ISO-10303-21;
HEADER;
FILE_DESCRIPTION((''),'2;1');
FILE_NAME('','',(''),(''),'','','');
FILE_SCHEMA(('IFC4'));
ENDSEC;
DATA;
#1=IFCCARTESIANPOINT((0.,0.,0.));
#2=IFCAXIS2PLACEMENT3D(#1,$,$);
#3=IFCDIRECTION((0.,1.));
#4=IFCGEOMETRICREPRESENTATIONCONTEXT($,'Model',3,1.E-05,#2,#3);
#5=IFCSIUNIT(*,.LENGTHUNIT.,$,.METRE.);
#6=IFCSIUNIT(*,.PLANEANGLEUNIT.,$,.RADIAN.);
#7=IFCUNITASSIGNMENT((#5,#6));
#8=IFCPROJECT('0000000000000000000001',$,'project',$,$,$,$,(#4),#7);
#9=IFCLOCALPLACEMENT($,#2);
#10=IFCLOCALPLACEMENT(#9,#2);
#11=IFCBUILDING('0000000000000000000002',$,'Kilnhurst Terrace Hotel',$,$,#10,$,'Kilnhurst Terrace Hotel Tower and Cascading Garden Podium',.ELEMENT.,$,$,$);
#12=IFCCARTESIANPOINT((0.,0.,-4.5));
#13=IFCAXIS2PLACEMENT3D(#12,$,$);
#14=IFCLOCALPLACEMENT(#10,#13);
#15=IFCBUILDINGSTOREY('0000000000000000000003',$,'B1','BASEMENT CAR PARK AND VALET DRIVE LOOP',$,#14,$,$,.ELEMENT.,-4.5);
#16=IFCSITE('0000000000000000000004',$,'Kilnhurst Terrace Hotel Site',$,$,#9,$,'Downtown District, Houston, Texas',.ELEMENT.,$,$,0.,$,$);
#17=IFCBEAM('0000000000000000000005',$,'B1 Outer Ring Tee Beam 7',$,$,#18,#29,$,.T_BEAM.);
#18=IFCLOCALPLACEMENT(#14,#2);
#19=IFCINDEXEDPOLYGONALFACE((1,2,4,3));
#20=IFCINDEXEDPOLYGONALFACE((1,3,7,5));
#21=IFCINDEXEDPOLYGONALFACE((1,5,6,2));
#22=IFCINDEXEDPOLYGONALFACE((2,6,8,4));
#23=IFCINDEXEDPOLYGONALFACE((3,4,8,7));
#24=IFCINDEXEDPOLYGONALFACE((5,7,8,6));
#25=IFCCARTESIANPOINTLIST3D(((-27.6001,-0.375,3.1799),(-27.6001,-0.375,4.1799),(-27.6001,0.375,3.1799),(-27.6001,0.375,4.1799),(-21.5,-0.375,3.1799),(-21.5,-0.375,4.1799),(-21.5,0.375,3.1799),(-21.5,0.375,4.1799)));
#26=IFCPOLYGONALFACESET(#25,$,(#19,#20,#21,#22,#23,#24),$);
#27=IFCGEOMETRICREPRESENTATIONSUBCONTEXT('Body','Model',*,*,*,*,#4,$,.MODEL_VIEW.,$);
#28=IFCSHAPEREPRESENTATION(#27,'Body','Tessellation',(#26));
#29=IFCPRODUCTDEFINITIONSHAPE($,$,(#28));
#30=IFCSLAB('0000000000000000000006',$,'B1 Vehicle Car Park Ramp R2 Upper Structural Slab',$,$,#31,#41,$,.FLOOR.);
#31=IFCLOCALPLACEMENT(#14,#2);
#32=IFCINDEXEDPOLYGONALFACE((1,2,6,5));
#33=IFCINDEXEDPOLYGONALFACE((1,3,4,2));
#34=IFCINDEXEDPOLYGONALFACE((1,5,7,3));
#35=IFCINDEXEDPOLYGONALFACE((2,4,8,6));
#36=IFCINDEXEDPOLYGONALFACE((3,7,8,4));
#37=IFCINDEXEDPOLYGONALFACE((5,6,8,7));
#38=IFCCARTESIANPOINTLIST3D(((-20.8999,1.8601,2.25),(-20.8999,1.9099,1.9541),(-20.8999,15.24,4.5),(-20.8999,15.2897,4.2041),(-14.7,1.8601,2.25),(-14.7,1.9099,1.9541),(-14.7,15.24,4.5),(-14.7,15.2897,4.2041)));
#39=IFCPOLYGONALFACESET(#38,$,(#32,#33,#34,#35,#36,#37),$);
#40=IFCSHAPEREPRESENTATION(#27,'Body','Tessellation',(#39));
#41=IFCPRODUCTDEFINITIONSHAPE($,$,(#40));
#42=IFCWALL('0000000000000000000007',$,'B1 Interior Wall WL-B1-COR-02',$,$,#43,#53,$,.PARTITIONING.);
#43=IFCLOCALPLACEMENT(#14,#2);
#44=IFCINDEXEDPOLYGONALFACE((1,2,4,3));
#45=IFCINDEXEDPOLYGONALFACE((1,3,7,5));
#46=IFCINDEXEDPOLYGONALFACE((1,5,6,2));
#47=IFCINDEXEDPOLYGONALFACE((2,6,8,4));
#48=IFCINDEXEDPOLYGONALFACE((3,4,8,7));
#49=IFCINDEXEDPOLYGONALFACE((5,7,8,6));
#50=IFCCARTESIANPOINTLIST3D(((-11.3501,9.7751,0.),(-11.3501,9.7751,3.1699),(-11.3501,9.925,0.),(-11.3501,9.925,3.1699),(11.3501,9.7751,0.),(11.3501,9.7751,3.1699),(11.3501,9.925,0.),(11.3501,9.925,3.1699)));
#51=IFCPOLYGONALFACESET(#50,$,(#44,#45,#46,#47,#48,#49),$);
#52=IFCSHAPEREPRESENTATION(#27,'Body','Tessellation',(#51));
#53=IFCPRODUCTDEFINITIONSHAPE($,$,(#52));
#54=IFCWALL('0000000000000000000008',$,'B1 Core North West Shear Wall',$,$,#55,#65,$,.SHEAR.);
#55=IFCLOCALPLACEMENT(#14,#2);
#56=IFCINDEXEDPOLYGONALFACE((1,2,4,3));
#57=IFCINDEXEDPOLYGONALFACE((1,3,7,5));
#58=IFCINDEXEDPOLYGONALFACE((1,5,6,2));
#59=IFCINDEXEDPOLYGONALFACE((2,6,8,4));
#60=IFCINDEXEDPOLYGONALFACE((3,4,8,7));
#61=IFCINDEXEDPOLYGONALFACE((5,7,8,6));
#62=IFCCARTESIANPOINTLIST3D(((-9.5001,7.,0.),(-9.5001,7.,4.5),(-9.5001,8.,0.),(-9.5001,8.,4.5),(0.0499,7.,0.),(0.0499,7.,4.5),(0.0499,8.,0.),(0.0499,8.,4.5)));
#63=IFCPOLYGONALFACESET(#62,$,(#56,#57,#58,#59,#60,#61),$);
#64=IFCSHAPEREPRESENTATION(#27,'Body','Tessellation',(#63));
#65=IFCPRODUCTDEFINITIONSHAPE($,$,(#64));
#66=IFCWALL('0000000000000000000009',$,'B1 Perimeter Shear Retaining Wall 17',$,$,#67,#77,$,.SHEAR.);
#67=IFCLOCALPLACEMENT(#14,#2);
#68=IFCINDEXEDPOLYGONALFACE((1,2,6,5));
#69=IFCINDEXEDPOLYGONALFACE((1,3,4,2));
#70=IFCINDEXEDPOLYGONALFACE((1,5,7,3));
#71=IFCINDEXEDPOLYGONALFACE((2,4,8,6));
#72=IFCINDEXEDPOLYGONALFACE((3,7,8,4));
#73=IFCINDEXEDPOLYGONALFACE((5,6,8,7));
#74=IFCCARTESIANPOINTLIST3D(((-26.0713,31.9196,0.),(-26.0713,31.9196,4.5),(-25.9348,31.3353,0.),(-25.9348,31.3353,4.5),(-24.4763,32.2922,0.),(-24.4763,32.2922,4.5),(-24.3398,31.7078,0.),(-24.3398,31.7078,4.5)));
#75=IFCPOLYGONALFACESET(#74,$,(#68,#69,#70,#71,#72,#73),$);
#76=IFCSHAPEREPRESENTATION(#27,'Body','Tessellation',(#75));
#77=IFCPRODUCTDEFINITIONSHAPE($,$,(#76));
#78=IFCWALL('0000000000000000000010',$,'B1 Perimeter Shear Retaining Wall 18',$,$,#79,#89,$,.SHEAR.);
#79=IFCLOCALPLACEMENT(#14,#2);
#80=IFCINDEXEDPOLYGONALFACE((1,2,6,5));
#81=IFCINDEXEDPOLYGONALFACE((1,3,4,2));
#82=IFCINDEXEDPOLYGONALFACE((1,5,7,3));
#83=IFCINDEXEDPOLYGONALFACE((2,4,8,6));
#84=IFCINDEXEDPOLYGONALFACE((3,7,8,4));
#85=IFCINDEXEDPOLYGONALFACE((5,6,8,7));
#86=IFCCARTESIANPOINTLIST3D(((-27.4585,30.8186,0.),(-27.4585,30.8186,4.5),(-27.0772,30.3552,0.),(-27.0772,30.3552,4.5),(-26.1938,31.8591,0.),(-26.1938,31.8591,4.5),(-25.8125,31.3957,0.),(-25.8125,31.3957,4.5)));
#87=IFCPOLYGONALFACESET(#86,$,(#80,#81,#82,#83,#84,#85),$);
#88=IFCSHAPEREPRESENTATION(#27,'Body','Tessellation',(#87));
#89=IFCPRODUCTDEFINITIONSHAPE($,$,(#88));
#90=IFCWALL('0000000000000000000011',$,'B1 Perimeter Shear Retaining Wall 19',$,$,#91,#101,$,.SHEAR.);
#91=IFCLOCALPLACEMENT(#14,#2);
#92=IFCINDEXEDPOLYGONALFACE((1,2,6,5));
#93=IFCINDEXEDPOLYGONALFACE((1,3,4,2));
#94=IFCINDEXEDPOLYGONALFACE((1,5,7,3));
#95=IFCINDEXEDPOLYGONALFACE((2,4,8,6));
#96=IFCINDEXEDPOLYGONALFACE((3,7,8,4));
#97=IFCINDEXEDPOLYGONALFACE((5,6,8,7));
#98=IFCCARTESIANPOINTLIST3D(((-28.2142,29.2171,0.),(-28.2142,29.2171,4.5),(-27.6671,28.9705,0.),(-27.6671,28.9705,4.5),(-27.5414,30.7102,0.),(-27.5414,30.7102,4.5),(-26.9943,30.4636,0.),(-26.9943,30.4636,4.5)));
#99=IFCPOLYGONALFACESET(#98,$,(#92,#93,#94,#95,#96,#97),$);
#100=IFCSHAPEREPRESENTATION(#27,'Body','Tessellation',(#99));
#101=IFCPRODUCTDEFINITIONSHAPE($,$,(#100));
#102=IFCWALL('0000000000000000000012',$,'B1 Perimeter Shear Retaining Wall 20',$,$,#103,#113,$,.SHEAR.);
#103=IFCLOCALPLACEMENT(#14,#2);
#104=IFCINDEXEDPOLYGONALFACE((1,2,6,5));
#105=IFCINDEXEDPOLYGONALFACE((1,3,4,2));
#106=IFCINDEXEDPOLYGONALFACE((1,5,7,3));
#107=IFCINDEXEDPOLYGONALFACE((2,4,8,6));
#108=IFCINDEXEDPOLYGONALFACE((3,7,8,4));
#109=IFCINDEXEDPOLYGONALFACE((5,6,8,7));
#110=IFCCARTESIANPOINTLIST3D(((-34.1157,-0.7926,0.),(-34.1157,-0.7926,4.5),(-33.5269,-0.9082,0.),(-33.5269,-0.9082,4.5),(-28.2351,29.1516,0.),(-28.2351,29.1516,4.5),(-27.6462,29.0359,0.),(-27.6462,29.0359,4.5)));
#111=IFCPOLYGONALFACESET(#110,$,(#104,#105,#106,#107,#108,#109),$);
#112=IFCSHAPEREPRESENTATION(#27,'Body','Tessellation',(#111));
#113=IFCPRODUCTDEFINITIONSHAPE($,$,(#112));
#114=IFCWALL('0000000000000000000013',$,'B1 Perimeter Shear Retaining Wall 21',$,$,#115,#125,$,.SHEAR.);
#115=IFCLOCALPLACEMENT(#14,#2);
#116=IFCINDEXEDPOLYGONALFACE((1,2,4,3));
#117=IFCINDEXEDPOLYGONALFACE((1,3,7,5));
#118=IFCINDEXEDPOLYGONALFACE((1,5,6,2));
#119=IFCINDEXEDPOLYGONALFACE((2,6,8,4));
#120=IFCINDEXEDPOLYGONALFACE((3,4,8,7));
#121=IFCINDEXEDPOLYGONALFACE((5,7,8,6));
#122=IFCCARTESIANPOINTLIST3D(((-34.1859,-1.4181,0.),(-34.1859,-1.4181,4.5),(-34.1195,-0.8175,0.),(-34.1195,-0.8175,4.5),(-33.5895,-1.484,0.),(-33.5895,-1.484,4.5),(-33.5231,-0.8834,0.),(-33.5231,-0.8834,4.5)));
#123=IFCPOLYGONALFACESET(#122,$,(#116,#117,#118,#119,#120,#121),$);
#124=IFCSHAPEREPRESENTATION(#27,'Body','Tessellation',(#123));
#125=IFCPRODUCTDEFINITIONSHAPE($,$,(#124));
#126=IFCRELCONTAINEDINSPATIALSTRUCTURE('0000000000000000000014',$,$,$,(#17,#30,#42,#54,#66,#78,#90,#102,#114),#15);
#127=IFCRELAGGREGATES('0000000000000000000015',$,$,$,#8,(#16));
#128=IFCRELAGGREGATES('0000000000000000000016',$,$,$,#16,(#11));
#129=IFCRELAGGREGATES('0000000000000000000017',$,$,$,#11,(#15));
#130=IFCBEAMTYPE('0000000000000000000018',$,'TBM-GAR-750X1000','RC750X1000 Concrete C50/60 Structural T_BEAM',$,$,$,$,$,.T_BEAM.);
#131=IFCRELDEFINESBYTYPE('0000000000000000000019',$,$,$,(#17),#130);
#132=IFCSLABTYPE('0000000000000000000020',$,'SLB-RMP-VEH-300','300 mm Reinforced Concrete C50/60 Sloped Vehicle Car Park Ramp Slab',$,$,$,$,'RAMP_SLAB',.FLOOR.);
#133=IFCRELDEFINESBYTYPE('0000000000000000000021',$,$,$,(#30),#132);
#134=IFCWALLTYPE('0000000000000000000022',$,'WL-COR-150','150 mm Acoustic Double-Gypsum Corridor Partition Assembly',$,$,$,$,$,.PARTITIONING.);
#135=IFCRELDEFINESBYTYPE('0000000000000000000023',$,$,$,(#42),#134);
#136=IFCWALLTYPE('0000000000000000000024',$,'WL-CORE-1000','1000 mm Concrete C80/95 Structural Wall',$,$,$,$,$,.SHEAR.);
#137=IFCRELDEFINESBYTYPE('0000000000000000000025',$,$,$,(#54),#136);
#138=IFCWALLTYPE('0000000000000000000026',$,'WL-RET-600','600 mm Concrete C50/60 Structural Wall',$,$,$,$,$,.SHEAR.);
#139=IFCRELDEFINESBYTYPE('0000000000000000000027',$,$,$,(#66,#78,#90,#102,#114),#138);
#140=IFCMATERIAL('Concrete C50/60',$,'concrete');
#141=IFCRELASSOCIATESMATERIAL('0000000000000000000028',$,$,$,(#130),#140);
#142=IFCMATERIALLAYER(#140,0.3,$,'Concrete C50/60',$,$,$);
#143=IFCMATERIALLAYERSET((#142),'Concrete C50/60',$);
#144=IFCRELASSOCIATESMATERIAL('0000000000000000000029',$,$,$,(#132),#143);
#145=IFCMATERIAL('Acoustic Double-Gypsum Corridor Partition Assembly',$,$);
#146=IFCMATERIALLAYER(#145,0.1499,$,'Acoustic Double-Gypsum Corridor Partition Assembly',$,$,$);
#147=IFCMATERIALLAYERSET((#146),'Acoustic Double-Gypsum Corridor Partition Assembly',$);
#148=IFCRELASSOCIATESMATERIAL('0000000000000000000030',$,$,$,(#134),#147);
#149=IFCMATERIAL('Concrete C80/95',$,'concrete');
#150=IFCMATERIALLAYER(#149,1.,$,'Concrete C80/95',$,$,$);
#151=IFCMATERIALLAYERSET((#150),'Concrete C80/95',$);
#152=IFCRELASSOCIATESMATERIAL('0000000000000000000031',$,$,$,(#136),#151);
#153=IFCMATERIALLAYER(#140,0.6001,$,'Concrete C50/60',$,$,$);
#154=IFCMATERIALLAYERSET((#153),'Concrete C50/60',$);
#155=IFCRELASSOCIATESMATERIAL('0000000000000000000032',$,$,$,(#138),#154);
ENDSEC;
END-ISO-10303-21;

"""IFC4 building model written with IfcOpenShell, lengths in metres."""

from ifc_helpers import new_model, si_unit, direction, frame, frame_2d, origin, origin_2d, place, context, subcontext, project, spatial, polyline, rectangle, outline, extrude, material, layer, layer_set, material_profile, profile_set, type_object, element, save


model = new_model("IFC4")

# Units and contexts
model_context = context("Model", 3, precision=1e-05, world=origin(), true_north=direction((0.0, 1.0)))
body_context = subcontext(model_context, "Body", "Model", "MODEL_VIEW")
ifc_project = project(units=[si_unit("LENGTHUNIT", "METRE"), si_unit("PLANEANGLEUNIT", "RADIAN")], contexts=[model_context])

# Site, building, storey
site_placement = place(None, origin())
site = spatial("IfcSite", under=ifc_project, at=site_placement, Name="Kilnhurst Terrace Hotel Site", LongName="Downtown District, Houston, Texas", CompositionType="ELEMENT", RefElevation=0.0)
building_placement = place(site_placement, origin())
building = spatial("IfcBuilding", under=site, at=building_placement, Name="Kilnhurst Terrace Hotel", LongName="Kilnhurst Terrace Hotel Tower and Cascading Garden Podium", CompositionType="ELEMENT")
storey_placement = place(building_placement, frame((0.0, 0.0, -4.5)))
storey = spatial("IfcBuildingStorey", under=building, at=storey_placement, Name="B1", Description="BASEMENT CAR PARK AND VALET DRIVE LOOP", CompositionType="ELEMENT", Elevation=-4.5)

# Shared definitions
ifc_material_1 = material(Name="Concrete C80/95", Category="concrete")
ifc_material_2 = material(Name="Concrete C50/60", Category="concrete")

# Beam
ifc_material_profile_1 = material_profile(ifc_material_2, rectangle(XDim=0.75, YDim=1.0, at=origin_2d()), Name="RC750X1000")
ifc_profile_set_1 = profile_set([ifc_material_profile_1], Name="Concrete C50/60")
beam_type = type_object("IfcBeamType", Name="TBM-GAR-750X1000", Description="RC750X1000 Concrete C50/60 Structural T_BEAM", PredefinedType="T_BEAM", material=ifc_profile_set_1)
beam_1_placement = place(storey_placement, frame((-27.6001, 0.0, 3.6799), z_axis=(1.0, 0.0, 0.0), x_axis=(0.0, 1.0, 0.0)))
element("IfcBeam", 1, at=beam_1_placement, inside=storey, type_object=beam_type, Name="B1 Outer Ring Tee Beam 7", PredefinedType="T_BEAM", context=body_context, shape_type="SweptSolid", body=[
    extrude(rectangle(XDim=0.75, YDim=1.0, at=origin_2d()), origin(), (0.0, 0.0, 1.0), 6.1001),
])

# Slab
ifc_layer_1 = layer(ifc_material_2, 0.3, Name="Concrete C50/60")
ifc_layer_set_1 = layer_set([ifc_layer_1], Name="Concrete C50/60")
slab_type = type_object("IfcSlabType", Name="SLB-RMP-VEH-300", Description="300 mm Reinforced Concrete C50/60 Sloped Vehicle Car Park Ramp Slab", ElementType="RAMP_SLAB", PredefinedType="FLOOR", material=ifc_layer_set_1)
slab_placement = place(storey_placement, frame((-20.8999, 1.8601, 2.25), z_axis=(0.0, -0.165834, 0.986154), x_axis=(1.0, 0.0, 0.0)))
element("IfcSlab", 2, at=slab_placement, inside=storey, type_object=slab_type, Name="B1 Vehicle Car Park Ramp R2 Upper Structural Slab", PredefinedType="FLOOR", context=body_context, shape_type="SweptSolid", body=[
    extrude(outline(polyline([(0.0, 0.0), (6.2, 0.0), (6.2, 13.5677), (0.0, 13.5677), (0.0, 0.0)])), origin(), (0.0, 0.0, -1.0), 0.3),
])

# Walls
ifc_material_3 = material(Name="Acoustic Double-Gypsum Corridor Partition Assembly")
ifc_layer_2 = layer(ifc_material_3, 0.1499, Name="Acoustic Double-Gypsum Corridor Partition Assembly")
ifc_layer_set_2 = layer_set([ifc_layer_2], Name="Acoustic Double-Gypsum Corridor Partition Assembly")
wall_type_1 = type_object("IfcWallType", Name="WL-COR-150", Description="150 mm Acoustic Double-Gypsum Corridor Partition Assembly", PredefinedType="PARTITIONING", material=ifc_layer_set_2)
wall_1_placement = place(storey_placement, frame((-11.3501, 9.8501, 0.0), z_axis=(0.0, 0.0, 1.0), x_axis=(1.0, 0.0, 0.0)))
element("IfcWall", 3, at=wall_1_placement, inside=storey, type_object=wall_type_1, Name="B1 Interior Wall WL-B1-COR-02", PredefinedType="PARTITIONING", context=body_context, shape_type="SweptSolid", body=[
    extrude(rectangle(XDim=22.7002, YDim=0.1499, at=frame_2d((11.3501, 0.0))), origin(), (0.0, 0.0, 1.0), 3.1699),
])
ifc_layer_3 = layer(ifc_material_1, 1.0, Name="Concrete C80/95")
ifc_layer_set_3 = layer_set([ifc_layer_3], Name="Concrete C80/95")
wall_type_2 = type_object("IfcWallType", Name="WL-CORE-1000", Description="1000 mm Concrete C80/95 Structural Wall", PredefinedType="SHEAR", material=ifc_layer_set_3)
wall_2_placement = place(storey_placement, frame((-9.5, 7.5, 0.0), z_axis=(0.0, 0.0, 1.0), x_axis=(1.0, 0.0, 0.0)))
element("IfcWall", 4, at=wall_2_placement, inside=storey, type_object=wall_type_2, Name="B1 Core North West Shear Wall", PredefinedType="SHEAR", context=body_context, shape_type="SweptSolid", body=[
    extrude(rectangle(XDim=9.55, YDim=1.0, at=frame_2d((4.7749, 0.0))), origin(), (0.0, 0.0, 1.0), 4.5),
])
ifc_layer_4 = layer(ifc_material_2, 0.6001, Name="Concrete C50/60")
ifc_layer_set_4 = layer_set([ifc_layer_4], Name="Concrete C50/60")
wall_type_3 = type_object("IfcWallType", Name="WL-RET-600", Description="600 mm Concrete C50/60 Structural Wall", PredefinedType="SHEAR", material=ifc_layer_set_4)
wall_3_placement = place(storey_placement, frame((-24.4082, 32.0, 0.0), z_axis=(0.0, 0.0, 1.0), x_axis=(-0.973787, -0.22746, 0.0)))
element("IfcWall", 5, at=wall_3_placement, inside=storey, type_object=wall_type_3, Name="B1 Perimeter Shear Retaining Wall 17", PredefinedType="SHEAR", context=body_context, shape_type="SweptSolid", body=[
    extrude(rectangle(XDim=1.6379, YDim=0.6001, at=frame_2d((0.8188, 0.0))), origin(), (0.0, 0.0, 1.0), 4.5),
])
for number, where, z_axis, x_axis, name in (
    (6, (-26.0032, 31.6274, 0.0), (0.0, 0.0, 1.0), (-0.772214, -0.635362, 0.0), "B1 Perimeter Shear Retaining Wall 18"),
    (7, (-27.2678, 30.5869, 0.0), (0.0, 0.0, 1.0), (-0.410836, -0.911709, 0.0), "B1 Perimeter Shear Retaining Wall 19"),
):
    element("IfcWall", number, at=place(storey_placement, frame(where, z_axis=z_axis, x_axis=x_axis)), inside=storey, type_object=wall_type_3, Name=name, PredefinedType="SHEAR", context=body_context, shape_type="SweptSolid", body=[
        extrude(rectangle(XDim=1.6377, YDim=0.6001, at=frame_2d((0.8188, 0.0))), origin(), (0.0, 0.0, 1.0), 4.5),
    ])
wall_4_placement = place(storey_placement, frame((-27.9407, 29.0938, 0.0), z_axis=(0.0, 0.0, 1.0), x_axis=(-0.192706, -0.981257, 0.0)))
element("IfcWall", 8, at=wall_4_placement, inside=storey, type_object=wall_type_3, Name="B1 Perimeter Shear Retaining Wall 20", PredefinedType="SHEAR", context=body_context, shape_type="SweptSolid", body=[
    extrude(rectangle(XDim=30.5161, YDim=0.6001, at=frame_2d((15.2581, 0.0))), origin(), (0.0, 0.0, 1.0), 4.5),
])
wall_5_placement = place(storey_placement, frame((-33.8213, -0.8503, 0.0), z_axis=(0.0, 0.0, 1.0), x_axis=(-0.109899, -0.993943, 0.0)))
element("IfcWall", 9, at=wall_5_placement, inside=storey, type_object=wall_type_3, Name="B1 Perimeter Shear Retaining Wall 21", PredefinedType="SHEAR", context=body_context, shape_type="SweptSolid", body=[
    extrude(rectangle(XDim=0.6042, YDim=0.6001, at=frame_2d((0.3022, 0.0))), origin(), (0.0, 0.0, 1.0), 4.5),
])

save(model, "model.ifc")
